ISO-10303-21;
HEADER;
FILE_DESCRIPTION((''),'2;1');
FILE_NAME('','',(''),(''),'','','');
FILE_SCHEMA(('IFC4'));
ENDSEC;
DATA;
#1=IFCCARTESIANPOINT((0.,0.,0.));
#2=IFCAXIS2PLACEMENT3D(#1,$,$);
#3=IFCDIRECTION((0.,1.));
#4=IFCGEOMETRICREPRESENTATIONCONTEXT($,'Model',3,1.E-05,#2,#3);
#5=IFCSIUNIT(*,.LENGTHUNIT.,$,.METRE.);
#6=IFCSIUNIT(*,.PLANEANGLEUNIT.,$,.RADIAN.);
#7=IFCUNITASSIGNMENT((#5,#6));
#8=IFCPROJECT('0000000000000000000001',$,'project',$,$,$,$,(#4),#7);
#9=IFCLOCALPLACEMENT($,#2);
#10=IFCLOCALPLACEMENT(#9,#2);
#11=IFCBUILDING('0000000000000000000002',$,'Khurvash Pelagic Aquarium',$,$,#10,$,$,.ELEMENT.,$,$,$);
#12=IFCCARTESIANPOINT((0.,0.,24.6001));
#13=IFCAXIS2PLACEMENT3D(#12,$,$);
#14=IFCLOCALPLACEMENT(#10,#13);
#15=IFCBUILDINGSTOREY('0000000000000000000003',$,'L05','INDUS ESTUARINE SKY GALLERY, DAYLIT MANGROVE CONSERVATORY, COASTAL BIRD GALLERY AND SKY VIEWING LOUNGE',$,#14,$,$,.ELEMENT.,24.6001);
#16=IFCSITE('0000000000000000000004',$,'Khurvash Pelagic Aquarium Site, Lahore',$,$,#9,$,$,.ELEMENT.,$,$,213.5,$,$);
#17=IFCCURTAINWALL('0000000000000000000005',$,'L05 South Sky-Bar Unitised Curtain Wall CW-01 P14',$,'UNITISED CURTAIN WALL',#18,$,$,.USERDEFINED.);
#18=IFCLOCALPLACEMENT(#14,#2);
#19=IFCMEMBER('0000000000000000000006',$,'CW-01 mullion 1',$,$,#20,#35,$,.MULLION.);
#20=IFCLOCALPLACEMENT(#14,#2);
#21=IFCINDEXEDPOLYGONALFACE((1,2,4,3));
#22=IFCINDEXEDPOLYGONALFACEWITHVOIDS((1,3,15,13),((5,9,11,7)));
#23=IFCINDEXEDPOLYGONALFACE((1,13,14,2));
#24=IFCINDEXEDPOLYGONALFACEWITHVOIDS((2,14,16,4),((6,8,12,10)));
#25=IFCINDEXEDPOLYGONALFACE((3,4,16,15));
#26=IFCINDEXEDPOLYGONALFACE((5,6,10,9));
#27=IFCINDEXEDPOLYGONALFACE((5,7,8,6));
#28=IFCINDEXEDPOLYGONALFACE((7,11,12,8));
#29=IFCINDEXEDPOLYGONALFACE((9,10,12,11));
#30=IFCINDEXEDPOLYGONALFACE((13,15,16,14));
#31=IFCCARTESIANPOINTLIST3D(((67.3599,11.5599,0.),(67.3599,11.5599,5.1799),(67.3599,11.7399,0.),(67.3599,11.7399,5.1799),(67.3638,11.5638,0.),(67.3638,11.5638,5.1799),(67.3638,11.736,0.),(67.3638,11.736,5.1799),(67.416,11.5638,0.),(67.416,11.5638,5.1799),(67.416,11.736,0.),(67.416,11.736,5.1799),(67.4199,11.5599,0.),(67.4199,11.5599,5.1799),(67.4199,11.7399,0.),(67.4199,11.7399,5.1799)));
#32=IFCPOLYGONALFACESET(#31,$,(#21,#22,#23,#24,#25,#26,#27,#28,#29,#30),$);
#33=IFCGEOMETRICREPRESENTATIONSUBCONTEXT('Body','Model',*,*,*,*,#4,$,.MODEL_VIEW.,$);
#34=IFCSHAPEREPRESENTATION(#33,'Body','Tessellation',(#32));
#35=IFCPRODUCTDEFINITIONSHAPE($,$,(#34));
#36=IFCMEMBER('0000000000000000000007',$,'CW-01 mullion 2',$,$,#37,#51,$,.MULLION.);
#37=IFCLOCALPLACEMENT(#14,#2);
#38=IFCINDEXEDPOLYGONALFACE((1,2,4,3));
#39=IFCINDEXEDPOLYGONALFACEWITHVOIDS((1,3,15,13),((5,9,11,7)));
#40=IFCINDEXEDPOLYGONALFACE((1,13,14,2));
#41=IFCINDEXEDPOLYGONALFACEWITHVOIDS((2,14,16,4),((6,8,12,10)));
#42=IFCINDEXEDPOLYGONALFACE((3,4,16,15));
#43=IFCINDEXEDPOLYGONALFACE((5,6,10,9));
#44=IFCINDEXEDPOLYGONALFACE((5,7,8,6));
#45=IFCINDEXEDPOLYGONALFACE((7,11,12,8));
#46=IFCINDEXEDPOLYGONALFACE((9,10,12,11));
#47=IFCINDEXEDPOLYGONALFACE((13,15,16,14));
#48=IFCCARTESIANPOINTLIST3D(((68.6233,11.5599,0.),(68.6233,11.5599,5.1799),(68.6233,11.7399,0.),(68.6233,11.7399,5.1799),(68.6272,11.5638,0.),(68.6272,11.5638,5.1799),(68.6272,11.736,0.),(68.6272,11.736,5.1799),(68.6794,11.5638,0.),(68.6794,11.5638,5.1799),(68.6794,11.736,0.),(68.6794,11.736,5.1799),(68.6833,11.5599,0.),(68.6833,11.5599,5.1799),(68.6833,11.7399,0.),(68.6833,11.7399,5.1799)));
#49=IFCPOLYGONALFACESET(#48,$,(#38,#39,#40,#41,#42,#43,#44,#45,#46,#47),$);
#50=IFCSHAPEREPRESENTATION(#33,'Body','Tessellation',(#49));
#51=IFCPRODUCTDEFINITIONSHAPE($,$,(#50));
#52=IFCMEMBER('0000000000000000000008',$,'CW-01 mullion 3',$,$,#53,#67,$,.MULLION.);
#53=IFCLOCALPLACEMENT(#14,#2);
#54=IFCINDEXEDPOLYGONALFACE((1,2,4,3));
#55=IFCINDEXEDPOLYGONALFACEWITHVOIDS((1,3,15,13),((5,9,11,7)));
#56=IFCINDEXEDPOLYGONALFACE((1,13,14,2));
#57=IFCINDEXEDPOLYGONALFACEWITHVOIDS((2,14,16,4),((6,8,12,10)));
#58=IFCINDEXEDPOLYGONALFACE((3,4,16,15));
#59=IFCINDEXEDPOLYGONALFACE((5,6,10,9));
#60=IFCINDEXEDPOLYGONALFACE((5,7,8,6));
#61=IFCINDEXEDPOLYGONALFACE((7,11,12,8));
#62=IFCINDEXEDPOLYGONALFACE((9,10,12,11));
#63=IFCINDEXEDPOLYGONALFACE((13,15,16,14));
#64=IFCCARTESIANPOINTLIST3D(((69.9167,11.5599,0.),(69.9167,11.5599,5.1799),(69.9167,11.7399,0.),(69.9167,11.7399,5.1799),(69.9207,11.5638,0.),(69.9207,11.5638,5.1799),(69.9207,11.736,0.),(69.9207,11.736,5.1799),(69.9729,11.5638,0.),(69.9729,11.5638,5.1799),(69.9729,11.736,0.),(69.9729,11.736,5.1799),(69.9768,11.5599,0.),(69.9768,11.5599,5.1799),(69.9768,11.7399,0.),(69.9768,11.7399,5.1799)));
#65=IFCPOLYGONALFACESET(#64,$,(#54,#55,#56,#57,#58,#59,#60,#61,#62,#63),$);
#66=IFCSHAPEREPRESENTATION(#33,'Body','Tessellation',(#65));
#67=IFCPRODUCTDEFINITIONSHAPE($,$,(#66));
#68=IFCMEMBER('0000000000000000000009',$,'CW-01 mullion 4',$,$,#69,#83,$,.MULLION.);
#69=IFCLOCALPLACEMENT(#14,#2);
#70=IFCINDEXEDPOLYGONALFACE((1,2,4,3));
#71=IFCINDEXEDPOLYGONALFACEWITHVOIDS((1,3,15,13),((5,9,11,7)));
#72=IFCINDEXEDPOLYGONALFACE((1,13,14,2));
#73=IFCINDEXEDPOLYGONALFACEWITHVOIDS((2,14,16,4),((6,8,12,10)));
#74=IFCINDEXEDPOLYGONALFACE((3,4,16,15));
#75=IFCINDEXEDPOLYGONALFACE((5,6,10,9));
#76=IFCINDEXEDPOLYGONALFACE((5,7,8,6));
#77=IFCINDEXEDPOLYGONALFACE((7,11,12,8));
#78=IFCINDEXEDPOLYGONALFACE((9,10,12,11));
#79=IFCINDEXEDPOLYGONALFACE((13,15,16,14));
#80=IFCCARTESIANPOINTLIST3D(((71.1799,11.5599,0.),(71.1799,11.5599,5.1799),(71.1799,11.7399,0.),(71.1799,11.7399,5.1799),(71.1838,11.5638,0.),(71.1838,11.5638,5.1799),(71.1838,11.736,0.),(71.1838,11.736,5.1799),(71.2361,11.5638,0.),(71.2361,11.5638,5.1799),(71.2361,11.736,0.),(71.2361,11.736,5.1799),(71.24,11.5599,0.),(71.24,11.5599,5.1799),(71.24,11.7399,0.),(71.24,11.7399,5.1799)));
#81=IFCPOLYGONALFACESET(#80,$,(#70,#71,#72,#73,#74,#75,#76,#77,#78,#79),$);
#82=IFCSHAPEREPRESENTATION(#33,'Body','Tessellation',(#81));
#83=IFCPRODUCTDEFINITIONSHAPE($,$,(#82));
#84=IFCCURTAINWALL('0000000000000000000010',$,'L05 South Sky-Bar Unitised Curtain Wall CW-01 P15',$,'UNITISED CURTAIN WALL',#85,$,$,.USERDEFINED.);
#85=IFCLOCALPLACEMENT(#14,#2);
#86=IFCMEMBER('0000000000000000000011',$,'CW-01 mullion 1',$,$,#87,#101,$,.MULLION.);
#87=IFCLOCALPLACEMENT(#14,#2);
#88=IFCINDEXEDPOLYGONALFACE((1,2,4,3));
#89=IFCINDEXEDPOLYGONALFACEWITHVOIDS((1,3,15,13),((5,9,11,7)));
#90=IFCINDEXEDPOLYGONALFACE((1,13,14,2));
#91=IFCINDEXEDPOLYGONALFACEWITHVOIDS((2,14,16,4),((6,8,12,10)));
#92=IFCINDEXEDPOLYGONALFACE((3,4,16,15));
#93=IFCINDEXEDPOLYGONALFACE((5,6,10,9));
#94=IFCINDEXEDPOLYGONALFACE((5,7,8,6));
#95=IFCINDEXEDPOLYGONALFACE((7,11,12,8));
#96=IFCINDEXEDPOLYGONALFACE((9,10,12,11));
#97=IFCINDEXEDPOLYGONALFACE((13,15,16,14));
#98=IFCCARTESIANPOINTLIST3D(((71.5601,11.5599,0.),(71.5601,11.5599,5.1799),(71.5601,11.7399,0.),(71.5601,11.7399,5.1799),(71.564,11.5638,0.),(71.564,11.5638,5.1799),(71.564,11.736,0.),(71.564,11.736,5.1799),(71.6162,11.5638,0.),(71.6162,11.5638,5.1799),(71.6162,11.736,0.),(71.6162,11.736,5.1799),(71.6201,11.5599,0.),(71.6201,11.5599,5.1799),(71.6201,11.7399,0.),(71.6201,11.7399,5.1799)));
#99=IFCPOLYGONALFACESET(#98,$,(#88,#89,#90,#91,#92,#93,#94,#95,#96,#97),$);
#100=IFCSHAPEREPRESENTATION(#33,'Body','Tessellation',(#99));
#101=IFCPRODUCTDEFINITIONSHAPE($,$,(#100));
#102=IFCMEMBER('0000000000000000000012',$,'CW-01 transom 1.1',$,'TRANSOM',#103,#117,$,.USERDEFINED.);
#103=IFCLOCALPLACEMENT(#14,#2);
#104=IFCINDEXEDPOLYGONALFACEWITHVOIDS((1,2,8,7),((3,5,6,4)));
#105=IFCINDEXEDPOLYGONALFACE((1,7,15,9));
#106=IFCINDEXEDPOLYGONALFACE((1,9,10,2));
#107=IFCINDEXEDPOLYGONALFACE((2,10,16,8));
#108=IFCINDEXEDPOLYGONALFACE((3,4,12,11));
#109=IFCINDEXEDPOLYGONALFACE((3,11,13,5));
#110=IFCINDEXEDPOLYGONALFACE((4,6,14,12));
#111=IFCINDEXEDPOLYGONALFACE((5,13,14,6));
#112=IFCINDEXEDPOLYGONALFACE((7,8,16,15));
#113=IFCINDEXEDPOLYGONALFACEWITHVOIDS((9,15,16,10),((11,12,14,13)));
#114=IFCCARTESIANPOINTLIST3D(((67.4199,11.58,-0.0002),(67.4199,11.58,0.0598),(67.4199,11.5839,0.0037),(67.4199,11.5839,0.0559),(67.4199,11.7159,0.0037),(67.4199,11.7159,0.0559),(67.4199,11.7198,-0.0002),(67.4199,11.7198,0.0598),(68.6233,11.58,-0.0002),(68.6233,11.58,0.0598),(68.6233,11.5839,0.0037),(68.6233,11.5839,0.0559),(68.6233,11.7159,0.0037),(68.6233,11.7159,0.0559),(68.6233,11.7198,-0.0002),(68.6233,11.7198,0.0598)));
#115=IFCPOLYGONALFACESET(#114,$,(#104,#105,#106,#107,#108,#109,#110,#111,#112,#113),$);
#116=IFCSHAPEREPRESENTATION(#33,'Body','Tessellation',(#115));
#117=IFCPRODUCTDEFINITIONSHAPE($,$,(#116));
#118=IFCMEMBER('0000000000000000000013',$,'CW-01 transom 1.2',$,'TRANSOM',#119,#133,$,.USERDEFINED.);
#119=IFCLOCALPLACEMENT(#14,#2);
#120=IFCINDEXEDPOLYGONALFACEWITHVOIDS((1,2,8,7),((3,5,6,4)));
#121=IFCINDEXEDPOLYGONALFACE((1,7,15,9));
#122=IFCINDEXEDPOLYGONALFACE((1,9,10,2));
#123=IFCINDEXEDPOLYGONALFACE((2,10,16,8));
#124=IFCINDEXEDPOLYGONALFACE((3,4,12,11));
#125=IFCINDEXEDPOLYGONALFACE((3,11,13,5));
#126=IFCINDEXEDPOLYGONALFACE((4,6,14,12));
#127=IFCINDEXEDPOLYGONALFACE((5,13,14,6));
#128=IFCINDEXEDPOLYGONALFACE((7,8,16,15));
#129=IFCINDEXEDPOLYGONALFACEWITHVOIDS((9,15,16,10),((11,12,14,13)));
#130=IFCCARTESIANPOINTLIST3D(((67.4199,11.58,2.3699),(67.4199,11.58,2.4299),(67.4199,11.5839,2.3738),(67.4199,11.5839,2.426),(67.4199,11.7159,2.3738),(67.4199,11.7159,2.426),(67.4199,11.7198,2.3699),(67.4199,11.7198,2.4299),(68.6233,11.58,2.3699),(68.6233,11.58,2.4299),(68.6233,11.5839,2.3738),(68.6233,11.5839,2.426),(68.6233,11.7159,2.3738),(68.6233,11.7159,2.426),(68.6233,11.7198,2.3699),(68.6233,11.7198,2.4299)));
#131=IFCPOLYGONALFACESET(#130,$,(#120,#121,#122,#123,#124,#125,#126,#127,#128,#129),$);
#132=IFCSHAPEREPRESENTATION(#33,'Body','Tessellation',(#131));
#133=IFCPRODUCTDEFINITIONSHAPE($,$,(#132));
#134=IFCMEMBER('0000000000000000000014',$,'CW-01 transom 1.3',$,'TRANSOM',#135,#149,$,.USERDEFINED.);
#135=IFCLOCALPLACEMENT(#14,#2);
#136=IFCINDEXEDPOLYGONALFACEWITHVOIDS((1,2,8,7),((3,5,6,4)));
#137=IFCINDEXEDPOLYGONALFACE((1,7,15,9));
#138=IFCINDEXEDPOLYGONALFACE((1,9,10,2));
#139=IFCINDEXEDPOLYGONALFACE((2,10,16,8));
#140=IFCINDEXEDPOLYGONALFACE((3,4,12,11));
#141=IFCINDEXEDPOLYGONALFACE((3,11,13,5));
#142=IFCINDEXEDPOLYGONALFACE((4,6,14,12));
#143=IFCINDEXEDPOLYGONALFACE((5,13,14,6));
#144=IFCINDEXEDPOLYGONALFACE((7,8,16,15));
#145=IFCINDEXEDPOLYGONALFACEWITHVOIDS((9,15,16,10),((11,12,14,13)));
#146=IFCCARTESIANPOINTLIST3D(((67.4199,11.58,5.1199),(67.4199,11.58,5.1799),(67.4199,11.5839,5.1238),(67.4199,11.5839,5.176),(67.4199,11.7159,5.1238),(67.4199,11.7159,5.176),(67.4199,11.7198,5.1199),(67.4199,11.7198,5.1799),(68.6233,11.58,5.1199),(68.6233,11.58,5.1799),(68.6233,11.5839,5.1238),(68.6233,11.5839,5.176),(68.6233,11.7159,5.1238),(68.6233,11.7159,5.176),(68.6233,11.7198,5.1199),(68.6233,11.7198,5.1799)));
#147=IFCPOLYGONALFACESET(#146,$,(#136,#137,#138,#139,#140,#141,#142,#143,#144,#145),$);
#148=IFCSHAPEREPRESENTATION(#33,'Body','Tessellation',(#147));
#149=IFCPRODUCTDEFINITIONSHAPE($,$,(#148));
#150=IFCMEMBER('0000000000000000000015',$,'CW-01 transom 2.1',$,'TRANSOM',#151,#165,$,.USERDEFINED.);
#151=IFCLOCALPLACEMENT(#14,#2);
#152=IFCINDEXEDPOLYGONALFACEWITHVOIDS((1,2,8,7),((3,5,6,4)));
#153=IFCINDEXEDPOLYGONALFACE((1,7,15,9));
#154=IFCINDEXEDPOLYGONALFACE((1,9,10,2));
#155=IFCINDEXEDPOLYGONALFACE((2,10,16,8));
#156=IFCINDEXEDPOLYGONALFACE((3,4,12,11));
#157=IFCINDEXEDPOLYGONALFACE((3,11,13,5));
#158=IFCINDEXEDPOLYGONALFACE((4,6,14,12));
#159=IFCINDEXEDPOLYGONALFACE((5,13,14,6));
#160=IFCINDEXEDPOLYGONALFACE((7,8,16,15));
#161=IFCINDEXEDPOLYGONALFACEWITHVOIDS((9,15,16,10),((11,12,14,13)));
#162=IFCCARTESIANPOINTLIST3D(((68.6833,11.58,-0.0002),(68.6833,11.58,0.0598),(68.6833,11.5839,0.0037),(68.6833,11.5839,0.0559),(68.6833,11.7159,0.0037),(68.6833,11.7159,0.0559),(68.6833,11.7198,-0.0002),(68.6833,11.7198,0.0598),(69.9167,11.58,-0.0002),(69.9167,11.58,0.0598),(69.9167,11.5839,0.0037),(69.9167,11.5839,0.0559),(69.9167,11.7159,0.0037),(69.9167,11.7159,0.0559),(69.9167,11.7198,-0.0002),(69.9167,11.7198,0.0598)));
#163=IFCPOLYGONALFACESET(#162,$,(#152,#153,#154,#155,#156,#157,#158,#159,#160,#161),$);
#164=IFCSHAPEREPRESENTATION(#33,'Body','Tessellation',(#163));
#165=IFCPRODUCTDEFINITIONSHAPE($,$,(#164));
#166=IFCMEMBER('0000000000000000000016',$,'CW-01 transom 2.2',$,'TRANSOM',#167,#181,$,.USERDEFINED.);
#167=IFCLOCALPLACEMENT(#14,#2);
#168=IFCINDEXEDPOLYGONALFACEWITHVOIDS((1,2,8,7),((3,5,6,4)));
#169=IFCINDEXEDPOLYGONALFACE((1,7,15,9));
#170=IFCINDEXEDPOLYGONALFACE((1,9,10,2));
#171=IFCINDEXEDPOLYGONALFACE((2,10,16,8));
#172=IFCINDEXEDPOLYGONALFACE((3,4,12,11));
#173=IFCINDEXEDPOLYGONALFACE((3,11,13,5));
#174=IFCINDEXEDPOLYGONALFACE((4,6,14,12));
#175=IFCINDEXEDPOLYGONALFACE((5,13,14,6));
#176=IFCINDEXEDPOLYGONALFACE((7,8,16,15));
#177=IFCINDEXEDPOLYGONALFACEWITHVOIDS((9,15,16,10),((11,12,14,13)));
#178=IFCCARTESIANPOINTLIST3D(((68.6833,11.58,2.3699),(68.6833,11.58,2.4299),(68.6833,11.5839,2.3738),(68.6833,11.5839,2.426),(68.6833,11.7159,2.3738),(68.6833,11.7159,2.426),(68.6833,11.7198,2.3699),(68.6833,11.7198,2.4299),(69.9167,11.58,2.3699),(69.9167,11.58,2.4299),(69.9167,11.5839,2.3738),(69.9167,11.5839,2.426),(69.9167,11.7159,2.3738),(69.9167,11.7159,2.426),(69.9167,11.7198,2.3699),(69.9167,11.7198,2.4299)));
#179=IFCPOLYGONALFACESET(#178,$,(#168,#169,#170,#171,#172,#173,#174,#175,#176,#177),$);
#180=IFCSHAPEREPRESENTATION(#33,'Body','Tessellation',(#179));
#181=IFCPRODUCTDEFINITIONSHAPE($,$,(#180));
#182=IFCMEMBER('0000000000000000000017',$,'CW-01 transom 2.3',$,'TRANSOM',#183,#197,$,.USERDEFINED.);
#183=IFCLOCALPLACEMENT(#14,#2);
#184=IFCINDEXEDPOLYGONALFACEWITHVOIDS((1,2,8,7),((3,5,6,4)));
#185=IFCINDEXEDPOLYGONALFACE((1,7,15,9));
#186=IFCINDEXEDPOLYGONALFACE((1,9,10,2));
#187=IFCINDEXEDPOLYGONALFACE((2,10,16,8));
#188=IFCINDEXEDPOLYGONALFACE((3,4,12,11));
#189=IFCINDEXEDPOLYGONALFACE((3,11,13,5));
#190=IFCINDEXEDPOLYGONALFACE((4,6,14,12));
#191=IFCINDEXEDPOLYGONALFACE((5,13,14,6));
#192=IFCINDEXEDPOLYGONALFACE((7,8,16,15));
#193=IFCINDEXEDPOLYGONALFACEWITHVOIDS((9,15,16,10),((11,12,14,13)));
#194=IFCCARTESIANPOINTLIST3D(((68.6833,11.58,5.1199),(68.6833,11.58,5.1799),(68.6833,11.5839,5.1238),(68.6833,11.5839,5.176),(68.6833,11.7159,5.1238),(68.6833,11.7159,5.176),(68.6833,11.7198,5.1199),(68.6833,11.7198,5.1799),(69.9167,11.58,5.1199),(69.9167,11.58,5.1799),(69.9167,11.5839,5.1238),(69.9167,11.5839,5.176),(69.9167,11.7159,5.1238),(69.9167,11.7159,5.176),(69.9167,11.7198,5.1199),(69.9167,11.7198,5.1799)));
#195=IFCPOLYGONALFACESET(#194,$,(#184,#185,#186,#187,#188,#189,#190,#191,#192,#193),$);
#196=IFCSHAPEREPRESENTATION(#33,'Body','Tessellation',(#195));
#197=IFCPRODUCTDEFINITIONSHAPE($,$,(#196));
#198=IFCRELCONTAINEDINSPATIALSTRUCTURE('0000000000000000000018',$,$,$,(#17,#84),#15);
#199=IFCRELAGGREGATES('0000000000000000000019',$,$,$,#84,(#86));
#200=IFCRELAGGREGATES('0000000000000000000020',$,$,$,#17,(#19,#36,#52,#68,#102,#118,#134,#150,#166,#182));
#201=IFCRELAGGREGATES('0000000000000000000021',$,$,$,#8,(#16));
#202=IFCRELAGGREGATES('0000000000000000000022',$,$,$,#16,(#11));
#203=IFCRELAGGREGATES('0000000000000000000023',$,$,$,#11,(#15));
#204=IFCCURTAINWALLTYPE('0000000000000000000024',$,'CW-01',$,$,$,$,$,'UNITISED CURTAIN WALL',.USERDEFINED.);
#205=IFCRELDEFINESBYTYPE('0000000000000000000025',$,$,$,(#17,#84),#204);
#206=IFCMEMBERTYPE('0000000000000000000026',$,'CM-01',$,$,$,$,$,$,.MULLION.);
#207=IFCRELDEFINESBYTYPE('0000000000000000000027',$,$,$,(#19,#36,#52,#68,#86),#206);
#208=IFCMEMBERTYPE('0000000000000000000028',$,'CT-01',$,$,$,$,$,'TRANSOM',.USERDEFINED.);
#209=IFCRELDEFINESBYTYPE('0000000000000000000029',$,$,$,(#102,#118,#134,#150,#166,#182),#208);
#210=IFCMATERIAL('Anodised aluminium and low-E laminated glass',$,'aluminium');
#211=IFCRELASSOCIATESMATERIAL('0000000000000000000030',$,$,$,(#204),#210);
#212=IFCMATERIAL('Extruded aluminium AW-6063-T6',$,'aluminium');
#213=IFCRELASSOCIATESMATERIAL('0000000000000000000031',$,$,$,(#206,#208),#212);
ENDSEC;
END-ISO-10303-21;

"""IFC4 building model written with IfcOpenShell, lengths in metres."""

from ifc_helpers import new_model, si_unit, direction, frame, origin, origin_2d, place, context, subcontext, project, spatial, hollow_rectangle, extrude, material, material_profile, profile_set, type_object, element, aggregate, save


model = new_model("IFC4")

# Units and contexts
model_context = context("Model", 3, precision=1e-05, world=origin(), true_north=direction((0.0, 1.0)))
body_context = subcontext(model_context, "Body", "Model", "MODEL_VIEW")
ifc_project = project(units=[si_unit("LENGTHUNIT", "METRE"), si_unit("PLANEANGLEUNIT", "RADIAN")], contexts=[model_context])

# Site, building, storey
site_placement = place(None, origin())
site = spatial("IfcSite", under=ifc_project, at=site_placement, Name="Khurvash Pelagic Aquarium Site, Lahore", CompositionType="ELEMENT", RefElevation=213.5)
building_placement = place(site_placement, origin())
building = spatial("IfcBuilding", under=site, at=building_placement, Name="Khurvash Pelagic Aquarium", CompositionType="ELEMENT")
storey_placement = place(building_placement, frame((0.0, 0.0, 24.6001)))
storey = spatial("IfcBuildingStorey", under=building, at=storey_placement, Name="L05", Description="INDUS ESTUARINE SKY GALLERY, DAYLIT MANGROVE CONSERVATORY, COASTAL BIRD GALLERY AND SKY VIEWING LOUNGE", CompositionType="ELEMENT", Elevation=24.6001)

# Curtain wall, members
ifc_material_1 = material(Name="Anodised aluminium and low-E laminated glass", Category="aluminium")
curtain_wall_type = type_object("IfcCurtainWallType", Name="CW-01", ElementType="UNITISED CURTAIN WALL", PredefinedType="USERDEFINED", material=ifc_material_1)
curtain_wall_1_placement = place(storey_placement, origin())
curtain_wall_1 = element("IfcCurtainWall", 1, at=curtain_wall_1_placement, inside=storey, type_object=curtain_wall_type, Name="L05 South Sky-Bar Unitised Curtain Wall CW-01 P14", ObjectType="UNITISED CURTAIN WALL", PredefinedType="USERDEFINED")
ifc_material_2 = material(Name="Extruded aluminium AW-6063-T6", Category="aluminium")
ifc_material_profile_1 = material_profile(ifc_material_2, hollow_rectangle(XDim=0.0601, YDim=0.1799, WallThickness=0.0039, at=origin_2d()), Name="CWM60X180X4")
ifc_profile_set_1 = profile_set([ifc_material_profile_1], Name="Extruded aluminium AW-6063-T6")
member_type_1 = type_object("IfcMemberType", Name="CM-01", PredefinedType="MULLION", material=ifc_profile_set_1)
member_1_placement = place(storey_placement, frame((67.3899, 11.6499, 0.0), z_axis=(0.0, 0.0, 1.0), x_axis=(1.0, 0.0, 0.0)))
member_1 = element("IfcMember", 2, at=member_1_placement, type_object=member_type_1, Name="CW-01 mullion 1", PredefinedType="MULLION", context=body_context, shape_type="SweptSolid", body=[
    extrude(hollow_rectangle(XDim=0.0601, YDim=0.1799, WallThickness=0.0039, at=origin_2d()), origin(), (0.0, 0.0, 1.0), 5.1799),
])
member_2_placement = place(storey_placement, frame((68.6533, 11.6499, 0.0), z_axis=(0.0, 0.0, 1.0), x_axis=(1.0, 0.0, 0.0)))
member_2 = element("IfcMember", 3, at=member_2_placement, type_object=member_type_1, Name="CW-01 mullion 2", PredefinedType="MULLION", context=body_context, shape_type="SweptSolid", body=[
    extrude(hollow_rectangle(XDim=0.0601, YDim=0.1799, WallThickness=0.0039, at=origin_2d()), origin(), (0.0, 0.0, 1.0), 5.1799),
])
member_3_placement = place(storey_placement, frame((69.9468, 11.6499, 0.0), z_axis=(0.0, 0.0, 1.0), x_axis=(1.0, 0.0, 0.0)))
member_3 = element("IfcMember", 4, at=member_3_placement, type_object=member_type_1, Name="CW-01 mullion 3", PredefinedType="MULLION", context=body_context, shape_type="SweptSolid", body=[
    extrude(hollow_rectangle(XDim=0.0601, YDim=0.1799, WallThickness=0.0039, at=origin_2d()), origin(), (0.0, 0.0, 1.0), 5.1799),
])
member_4_placement = place(storey_placement, frame((71.21, 11.6499, 0.0), z_axis=(0.0, 0.0, 1.0), x_axis=(1.0, 0.0, 0.0)))
member_4 = element("IfcMember", 5, at=member_4_placement, type_object=member_type_1, Name="CW-01 mullion 4", PredefinedType="MULLION", context=body_context, shape_type="SweptSolid", body=[
    extrude(hollow_rectangle(XDim=0.0601, YDim=0.1799, WallThickness=0.0039, at=origin_2d()), origin(), (0.0, 0.0, 1.0), 5.1799),
])

# Curtain wall, member
curtain_wall_2_placement = place(storey_placement, origin())
curtain_wall_2 = element("IfcCurtainWall", 6, at=curtain_wall_2_placement, inside=storey, type_object=curtain_wall_type, Name="L05 South Sky-Bar Unitised Curtain Wall CW-01 P15", ObjectType="UNITISED CURTAIN WALL", PredefinedType="USERDEFINED")
member_5_placement = place(storey_placement, frame((71.5901, 11.6499, 0.0), z_axis=(0.0, 0.0, 1.0), x_axis=(1.0, 0.0, 0.0)))
member_5 = element("IfcMember", 7, at=member_5_placement, type_object=member_type_1, Name="CW-01 mullion 1", PredefinedType="MULLION", context=body_context, shape_type="SweptSolid", body=[
    extrude(hollow_rectangle(XDim=0.0601, YDim=0.1799, WallThickness=0.0039, at=origin_2d()), origin(), (0.0, 0.0, 1.0), 5.1799),
])

# Members
ifc_material_profile_2 = material_profile(ifc_material_2, hollow_rectangle(XDim=0.1399, YDim=0.0601, WallThickness=0.0039, at=origin_2d()), Name="CWT140X60X4")
ifc_profile_set_2 = profile_set([ifc_material_profile_2], Name="Extruded aluminium AW-6063-T6")
member_type_2 = type_object("IfcMemberType", Name="CT-01", ElementType="TRANSOM", PredefinedType="USERDEFINED", material=ifc_profile_set_2)
member_6_placement = place(storey_placement, frame((67.4199, 11.6499, 0.0298), z_axis=(1.0, 0.0, 0.0), x_axis=(0.0, 1.0, 0.0)))
member_6 = element("IfcMember", 8, at=member_6_placement, type_object=member_type_2, Name="CW-01 transom 1.1", ObjectType="TRANSOM", PredefinedType="USERDEFINED", context=body_context, shape_type="SweptSolid", body=[
    extrude(hollow_rectangle(XDim=0.1399, YDim=0.0601, WallThickness=0.0039, at=origin_2d()), origin(), (0.0, 0.0, 1.0), 1.2034),
])
member_7_placement = place(storey_placement, frame((67.4199, 11.6499, 2.3999), z_axis=(1.0, 0.0, 0.0), x_axis=(0.0, 1.0, 0.0)))
member_7 = element("IfcMember", 9, at=member_7_placement, type_object=member_type_2, Name="CW-01 transom 1.2", ObjectType="TRANSOM", PredefinedType="USERDEFINED", context=body_context, shape_type="SweptSolid", body=[
    extrude(hollow_rectangle(XDim=0.1399, YDim=0.0601, WallThickness=0.0039, at=origin_2d()), origin(), (0.0, 0.0, 1.0), 1.2034),
])
member_8_placement = place(storey_placement, frame((67.4199, 11.6499, 5.1499), z_axis=(1.0, 0.0, 0.0), x_axis=(0.0, 1.0, 0.0)))
member_8 = element("IfcMember", 10, at=member_8_placement, type_object=member_type_2, Name="CW-01 transom 1.3", ObjectType="TRANSOM", PredefinedType="USERDEFINED", context=body_context, shape_type="SweptSolid", body=[
    extrude(hollow_rectangle(XDim=0.1399, YDim=0.0601, WallThickness=0.0039, at=origin_2d()), origin(), (0.0, 0.0, 1.0), 1.2034),
])
member_9_placement = place(storey_placement, frame((68.6833, 11.6499, 0.0298), z_axis=(1.0, 0.0, 0.0), x_axis=(0.0, 1.0, 0.0)))
member_9 = element("IfcMember", 11, at=member_9_placement, type_object=member_type_2, Name="CW-01 transom 2.1", ObjectType="TRANSOM", PredefinedType="USERDEFINED", context=body_context, shape_type="SweptSolid", body=[
    extrude(hollow_rectangle(XDim=0.1399, YDim=0.0601, WallThickness=0.0039, at=origin_2d()), origin(), (0.0, 0.0, 1.0), 1.2334),
])
member_10_placement = place(storey_placement, frame((68.6833, 11.6499, 2.3999), z_axis=(1.0, 0.0, 0.0), x_axis=(0.0, 1.0, 0.0)))
member_10 = element("IfcMember", 12, at=member_10_placement, type_object=member_type_2, Name="CW-01 transom 2.2", ObjectType="TRANSOM", PredefinedType="USERDEFINED", context=body_context, shape_type="SweptSolid", body=[
    extrude(hollow_rectangle(XDim=0.1399, YDim=0.0601, WallThickness=0.0039, at=origin_2d()), origin(), (0.0, 0.0, 1.0), 1.2334),
])
member_11_placement = place(storey_placement, frame((68.6833, 11.6499, 5.1499), z_axis=(1.0, 0.0, 0.0), x_axis=(0.0, 1.0, 0.0)))
member_11 = element("IfcMember", 13, at=member_11_placement, type_object=member_type_2, Name="CW-01 transom 2.3", ObjectType="TRANSOM", PredefinedType="USERDEFINED", context=body_context, shape_type="SweptSolid", body=[
    extrude(hollow_rectangle(XDim=0.1399, YDim=0.0601, WallThickness=0.0039, at=origin_2d()), origin(), (0.0, 0.0, 1.0), 1.2334),
])
aggregate(curtain_wall_2, [member_5])

aggregate(curtain_wall_1, [member_1, member_2, member_3, member_4, member_6, member_7, member_8, member_9, member_10, member_11])

save(model, "model.ifc")
